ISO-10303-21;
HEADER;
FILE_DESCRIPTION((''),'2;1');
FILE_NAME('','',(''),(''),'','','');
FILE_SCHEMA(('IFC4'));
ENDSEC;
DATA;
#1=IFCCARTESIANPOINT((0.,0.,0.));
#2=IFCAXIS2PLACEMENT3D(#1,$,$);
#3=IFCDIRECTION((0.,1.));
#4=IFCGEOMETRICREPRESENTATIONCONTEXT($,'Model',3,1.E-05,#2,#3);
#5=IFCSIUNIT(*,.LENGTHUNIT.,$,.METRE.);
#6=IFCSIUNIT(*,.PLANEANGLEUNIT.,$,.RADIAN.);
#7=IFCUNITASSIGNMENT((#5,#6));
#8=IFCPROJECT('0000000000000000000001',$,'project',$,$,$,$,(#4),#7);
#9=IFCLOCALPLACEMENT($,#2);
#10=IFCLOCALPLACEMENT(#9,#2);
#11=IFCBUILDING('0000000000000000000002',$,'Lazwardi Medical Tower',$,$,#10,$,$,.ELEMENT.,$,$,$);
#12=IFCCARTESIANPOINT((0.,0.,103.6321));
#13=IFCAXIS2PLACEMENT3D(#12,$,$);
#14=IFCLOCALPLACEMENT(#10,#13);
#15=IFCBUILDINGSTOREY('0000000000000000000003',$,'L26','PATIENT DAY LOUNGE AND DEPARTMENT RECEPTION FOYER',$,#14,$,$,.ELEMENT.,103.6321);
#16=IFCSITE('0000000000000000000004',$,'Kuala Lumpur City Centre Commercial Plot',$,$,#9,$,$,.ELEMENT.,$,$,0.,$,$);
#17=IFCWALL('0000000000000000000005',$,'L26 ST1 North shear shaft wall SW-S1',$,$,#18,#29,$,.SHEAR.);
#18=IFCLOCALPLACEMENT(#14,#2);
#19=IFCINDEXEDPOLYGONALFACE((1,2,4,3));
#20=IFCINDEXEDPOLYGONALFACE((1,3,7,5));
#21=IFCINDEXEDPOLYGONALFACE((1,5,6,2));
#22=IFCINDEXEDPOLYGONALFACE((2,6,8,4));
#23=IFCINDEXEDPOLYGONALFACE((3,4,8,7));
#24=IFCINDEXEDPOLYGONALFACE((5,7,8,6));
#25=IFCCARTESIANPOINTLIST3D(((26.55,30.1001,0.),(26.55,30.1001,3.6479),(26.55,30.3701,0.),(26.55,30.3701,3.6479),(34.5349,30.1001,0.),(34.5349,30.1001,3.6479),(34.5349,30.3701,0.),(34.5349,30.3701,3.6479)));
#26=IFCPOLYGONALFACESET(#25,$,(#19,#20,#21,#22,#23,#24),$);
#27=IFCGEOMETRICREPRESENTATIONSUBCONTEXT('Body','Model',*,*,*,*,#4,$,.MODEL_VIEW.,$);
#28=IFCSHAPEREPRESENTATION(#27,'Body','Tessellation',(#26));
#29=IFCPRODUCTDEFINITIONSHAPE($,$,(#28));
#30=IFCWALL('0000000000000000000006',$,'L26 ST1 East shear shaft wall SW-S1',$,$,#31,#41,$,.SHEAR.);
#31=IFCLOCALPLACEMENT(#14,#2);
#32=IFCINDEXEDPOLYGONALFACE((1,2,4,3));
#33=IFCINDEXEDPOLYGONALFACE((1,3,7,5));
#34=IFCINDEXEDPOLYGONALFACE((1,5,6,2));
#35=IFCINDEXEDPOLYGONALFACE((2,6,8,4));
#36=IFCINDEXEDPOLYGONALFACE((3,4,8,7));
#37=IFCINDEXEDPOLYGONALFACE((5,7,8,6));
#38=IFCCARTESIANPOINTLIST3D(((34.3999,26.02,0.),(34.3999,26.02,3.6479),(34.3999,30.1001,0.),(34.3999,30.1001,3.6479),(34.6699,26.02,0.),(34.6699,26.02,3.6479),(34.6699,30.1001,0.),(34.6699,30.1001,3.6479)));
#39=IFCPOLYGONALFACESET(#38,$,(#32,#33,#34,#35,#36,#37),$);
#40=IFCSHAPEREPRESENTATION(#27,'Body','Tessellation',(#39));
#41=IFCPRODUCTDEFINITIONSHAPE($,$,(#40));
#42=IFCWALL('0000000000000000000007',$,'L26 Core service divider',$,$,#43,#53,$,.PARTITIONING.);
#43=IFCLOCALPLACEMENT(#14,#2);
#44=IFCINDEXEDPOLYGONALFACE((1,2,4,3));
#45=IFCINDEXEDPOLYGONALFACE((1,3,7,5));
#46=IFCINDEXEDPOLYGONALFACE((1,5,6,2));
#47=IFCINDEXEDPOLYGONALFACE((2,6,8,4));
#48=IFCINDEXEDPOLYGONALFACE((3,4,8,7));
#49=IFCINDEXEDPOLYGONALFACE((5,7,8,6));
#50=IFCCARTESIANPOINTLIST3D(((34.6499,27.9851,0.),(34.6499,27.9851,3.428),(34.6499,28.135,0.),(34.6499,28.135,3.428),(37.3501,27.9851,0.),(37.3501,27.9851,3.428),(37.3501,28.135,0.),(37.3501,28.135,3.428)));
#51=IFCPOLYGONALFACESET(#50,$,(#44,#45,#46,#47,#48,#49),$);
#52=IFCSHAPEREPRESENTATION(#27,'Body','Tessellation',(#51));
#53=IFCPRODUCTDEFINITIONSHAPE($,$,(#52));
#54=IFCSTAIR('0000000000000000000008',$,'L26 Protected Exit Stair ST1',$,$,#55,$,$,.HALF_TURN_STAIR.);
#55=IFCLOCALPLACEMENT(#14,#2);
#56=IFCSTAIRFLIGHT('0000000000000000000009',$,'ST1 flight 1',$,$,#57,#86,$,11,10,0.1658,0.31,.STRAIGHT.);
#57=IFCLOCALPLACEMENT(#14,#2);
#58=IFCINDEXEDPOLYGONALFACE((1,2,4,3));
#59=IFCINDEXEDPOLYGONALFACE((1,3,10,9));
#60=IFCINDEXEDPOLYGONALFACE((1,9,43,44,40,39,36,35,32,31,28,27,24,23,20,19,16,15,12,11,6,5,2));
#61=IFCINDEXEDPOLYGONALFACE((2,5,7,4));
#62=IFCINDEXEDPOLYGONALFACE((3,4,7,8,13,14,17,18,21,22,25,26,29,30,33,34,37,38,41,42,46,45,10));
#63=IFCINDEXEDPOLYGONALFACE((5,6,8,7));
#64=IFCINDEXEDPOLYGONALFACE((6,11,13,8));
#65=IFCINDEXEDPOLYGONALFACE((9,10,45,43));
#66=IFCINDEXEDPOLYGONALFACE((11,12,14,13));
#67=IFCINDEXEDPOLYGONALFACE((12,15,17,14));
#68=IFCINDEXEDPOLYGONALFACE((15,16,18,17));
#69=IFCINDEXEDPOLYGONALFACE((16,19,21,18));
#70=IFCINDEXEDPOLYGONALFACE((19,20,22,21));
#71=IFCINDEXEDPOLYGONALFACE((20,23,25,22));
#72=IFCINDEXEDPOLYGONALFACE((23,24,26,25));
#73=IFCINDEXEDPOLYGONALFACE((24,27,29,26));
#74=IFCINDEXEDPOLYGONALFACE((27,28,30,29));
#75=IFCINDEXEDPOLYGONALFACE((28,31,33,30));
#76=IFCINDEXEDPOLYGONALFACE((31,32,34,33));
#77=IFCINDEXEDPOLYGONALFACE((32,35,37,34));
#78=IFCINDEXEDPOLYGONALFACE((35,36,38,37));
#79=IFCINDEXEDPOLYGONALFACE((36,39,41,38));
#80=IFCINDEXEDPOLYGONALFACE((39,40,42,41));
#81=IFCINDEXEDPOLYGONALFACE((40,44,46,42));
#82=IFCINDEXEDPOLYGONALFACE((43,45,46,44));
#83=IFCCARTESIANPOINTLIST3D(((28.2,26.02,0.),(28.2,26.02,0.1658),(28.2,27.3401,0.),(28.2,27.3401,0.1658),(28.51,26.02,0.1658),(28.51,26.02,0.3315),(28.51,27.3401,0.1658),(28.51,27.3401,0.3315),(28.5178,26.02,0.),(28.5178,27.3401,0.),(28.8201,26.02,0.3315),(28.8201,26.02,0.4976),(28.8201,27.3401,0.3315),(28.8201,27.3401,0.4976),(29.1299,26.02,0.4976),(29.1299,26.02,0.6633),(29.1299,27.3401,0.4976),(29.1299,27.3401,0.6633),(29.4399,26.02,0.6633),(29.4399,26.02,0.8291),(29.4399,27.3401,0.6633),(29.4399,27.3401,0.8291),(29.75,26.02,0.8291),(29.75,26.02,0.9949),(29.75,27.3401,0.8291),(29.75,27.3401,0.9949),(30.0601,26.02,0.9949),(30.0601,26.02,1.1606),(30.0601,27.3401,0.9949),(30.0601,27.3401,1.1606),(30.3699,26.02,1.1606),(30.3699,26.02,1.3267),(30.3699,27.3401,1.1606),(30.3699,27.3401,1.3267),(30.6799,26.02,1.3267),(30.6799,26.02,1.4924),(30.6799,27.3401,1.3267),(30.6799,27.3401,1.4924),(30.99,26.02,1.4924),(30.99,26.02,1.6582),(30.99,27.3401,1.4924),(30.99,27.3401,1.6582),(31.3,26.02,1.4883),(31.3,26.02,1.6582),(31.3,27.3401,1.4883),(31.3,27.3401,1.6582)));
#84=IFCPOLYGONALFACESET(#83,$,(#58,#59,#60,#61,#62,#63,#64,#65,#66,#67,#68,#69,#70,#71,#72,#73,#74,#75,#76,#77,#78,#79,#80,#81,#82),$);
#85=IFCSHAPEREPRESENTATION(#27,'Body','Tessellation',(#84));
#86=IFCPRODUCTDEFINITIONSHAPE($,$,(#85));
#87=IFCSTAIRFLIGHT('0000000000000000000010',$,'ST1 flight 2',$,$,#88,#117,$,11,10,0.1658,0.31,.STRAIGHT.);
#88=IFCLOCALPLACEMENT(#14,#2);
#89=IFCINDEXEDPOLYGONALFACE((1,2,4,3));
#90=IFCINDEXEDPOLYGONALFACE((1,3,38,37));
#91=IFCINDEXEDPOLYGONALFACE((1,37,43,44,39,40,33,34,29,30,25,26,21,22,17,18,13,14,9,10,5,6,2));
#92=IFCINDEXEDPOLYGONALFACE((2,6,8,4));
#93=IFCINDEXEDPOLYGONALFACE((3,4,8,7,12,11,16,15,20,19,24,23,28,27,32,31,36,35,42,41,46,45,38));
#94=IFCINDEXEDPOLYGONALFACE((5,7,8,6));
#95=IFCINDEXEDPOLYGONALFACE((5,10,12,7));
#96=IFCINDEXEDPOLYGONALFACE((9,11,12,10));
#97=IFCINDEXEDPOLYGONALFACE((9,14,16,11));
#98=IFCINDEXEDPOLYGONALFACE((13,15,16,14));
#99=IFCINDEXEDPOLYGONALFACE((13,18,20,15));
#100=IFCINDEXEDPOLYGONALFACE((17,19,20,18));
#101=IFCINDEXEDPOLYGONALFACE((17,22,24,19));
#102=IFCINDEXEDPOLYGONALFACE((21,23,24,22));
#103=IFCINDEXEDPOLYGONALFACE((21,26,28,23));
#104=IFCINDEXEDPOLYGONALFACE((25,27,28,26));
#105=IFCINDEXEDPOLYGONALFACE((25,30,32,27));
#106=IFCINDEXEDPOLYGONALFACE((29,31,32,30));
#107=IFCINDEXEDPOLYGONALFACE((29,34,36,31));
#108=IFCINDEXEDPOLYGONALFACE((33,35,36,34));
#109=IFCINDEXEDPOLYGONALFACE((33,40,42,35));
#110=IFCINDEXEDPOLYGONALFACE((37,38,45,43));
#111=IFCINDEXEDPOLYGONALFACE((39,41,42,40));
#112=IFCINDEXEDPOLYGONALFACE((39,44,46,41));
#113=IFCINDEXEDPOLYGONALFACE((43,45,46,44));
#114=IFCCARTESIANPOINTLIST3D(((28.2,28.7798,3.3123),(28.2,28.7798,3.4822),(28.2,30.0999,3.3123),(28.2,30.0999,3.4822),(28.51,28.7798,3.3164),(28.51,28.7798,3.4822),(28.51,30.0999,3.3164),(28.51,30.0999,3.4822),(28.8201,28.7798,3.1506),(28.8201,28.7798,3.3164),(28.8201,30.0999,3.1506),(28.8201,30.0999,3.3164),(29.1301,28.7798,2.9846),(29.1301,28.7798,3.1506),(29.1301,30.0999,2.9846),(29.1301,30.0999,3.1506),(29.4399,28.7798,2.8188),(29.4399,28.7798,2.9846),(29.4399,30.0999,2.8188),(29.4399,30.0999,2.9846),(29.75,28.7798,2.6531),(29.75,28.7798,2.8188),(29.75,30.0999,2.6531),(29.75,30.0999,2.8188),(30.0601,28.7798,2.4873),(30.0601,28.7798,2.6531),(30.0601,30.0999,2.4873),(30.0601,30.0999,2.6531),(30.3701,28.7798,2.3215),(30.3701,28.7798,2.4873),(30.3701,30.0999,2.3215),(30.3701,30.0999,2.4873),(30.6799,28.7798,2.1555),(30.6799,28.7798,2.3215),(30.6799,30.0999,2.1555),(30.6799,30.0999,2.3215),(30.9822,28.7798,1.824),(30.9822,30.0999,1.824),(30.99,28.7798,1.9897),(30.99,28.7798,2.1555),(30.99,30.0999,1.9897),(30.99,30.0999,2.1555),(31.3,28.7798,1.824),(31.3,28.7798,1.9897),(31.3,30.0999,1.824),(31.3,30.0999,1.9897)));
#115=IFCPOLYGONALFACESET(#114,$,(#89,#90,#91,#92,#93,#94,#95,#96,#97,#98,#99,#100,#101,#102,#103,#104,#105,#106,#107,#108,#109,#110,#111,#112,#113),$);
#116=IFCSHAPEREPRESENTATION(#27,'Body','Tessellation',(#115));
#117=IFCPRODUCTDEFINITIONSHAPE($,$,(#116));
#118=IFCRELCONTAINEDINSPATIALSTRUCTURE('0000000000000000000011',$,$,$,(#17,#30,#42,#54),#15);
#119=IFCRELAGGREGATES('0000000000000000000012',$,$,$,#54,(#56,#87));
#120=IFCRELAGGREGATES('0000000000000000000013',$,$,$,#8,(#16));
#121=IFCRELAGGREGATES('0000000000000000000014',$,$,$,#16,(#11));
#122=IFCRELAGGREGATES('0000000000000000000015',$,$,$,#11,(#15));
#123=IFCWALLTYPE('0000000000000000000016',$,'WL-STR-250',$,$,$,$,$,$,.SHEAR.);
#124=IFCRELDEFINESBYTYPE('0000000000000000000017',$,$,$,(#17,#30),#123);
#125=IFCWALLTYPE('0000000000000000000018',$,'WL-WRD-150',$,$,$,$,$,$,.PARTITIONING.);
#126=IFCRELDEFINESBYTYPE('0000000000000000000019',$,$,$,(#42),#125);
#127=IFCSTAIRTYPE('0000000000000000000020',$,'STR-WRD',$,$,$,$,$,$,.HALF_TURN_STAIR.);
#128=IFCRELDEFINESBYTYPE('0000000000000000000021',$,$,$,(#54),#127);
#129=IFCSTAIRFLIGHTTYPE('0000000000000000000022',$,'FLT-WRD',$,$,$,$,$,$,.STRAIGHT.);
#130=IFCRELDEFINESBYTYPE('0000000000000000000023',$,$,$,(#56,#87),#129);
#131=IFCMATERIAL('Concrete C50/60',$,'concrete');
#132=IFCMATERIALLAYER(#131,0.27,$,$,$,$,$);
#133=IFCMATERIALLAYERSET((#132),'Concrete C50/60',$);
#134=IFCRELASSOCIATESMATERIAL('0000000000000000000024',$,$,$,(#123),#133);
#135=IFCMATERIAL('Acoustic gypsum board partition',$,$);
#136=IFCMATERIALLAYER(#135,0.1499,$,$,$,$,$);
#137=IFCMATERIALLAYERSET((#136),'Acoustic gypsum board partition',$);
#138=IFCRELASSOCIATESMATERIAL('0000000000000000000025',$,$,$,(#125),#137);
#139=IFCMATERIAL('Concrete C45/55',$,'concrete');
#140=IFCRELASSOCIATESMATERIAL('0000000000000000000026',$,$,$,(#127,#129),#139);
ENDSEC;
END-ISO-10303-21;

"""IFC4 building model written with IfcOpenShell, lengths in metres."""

from ifc_helpers import new_model, si_unit, direction, frame, frame_2d, origin, place, context, subcontext, project, spatial, polyline, rectangle, outline, extrude, material, layer, layer_set, type_object, element, aggregate, save


model = new_model("IFC4")

# Units and contexts
model_context = context("Model", 3, precision=1e-05, world=origin(), true_north=direction((0.0, 1.0)))
body_context = subcontext(model_context, "Body", "Model", "MODEL_VIEW")
ifc_project = project(units=[si_unit("LENGTHUNIT", "METRE"), si_unit("PLANEANGLEUNIT", "RADIAN")], contexts=[model_context])

# Site, building, storey
site_placement = place(None, origin())
site = spatial("IfcSite", under=ifc_project, at=site_placement, Name="Kuala Lumpur City Centre Commercial Plot", CompositionType="ELEMENT", RefElevation=0.0)
building_placement = place(site_placement, origin())
building = spatial("IfcBuilding", under=site, at=building_placement, Name="Lazwardi Medical Tower", CompositionType="ELEMENT")
storey_placement = place(building_placement, frame((0.0, 0.0, 103.6321)))
storey = spatial("IfcBuildingStorey", under=building, at=storey_placement, Name="L26", Description="PATIENT DAY LOUNGE AND DEPARTMENT RECEPTION FOYER", CompositionType="ELEMENT", Elevation=103.6321)

# Wall
ifc_material_1 = material(Name="Concrete C50/60", Category="concrete")
ifc_layer_1 = layer(ifc_material_1, 0.27)
ifc_layer_set_1 = layer_set([ifc_layer_1], Name="Concrete C50/60")
wall_type_1 = type_object("IfcWallType", Name="WL-STR-250", PredefinedType="SHEAR", material=ifc_layer_set_1)
wall_1_placement = place(storey_placement, frame((26.55, 30.2351, 0.0), z_axis=(0.0, 0.0, 1.0), x_axis=(1.0, 0.0, 0.0)))
element("IfcWall", 1, at=wall_1_placement, inside=storey, type_object=wall_type_1, Name="L26 ST1 North shear shaft wall SW-S1", PredefinedType="SHEAR", context=body_context, shape_type="SweptSolid", body=[
    extrude(rectangle(XDim=7.9849, YDim=0.27, at=frame_2d((3.9924, 0.0))), origin(), (0.0, 0.0, 1.0), 3.6479),
])

# Walls
wall_2_placement = place(storey_placement, frame((34.5349, 26.02, 0.0), z_axis=(0.0, 0.0, 1.0), x_axis=(0.0, 1.0, 0.0)))
element("IfcWall", 2, at=wall_2_placement, inside=storey, type_object=wall_type_1, Name="L26 ST1 East shear shaft wall SW-S1", PredefinedType="SHEAR", context=body_context, shape_type="SweptSolid", body=[
    extrude(rectangle(XDim=4.0801, YDim=0.27, at=frame_2d((2.04, 0.0))), origin(), (0.0, 0.0, 1.0), 3.6479),
])
ifc_material_2 = material(Name="Acoustic gypsum board partition")
ifc_layer_2 = layer(ifc_material_2, 0.1499)
ifc_layer_set_2 = layer_set([ifc_layer_2], Name="Acoustic gypsum board partition")
wall_type_2 = type_object("IfcWallType", Name="WL-WRD-150", PredefinedType="PARTITIONING", material=ifc_layer_set_2)
wall_3_placement = place(storey_placement, frame((34.6499, 28.0601, 0.0), z_axis=(0.0, 0.0, 1.0), x_axis=(1.0, 0.0, 0.0)))
element("IfcWall", 3, at=wall_3_placement, inside=storey, type_object=wall_type_2, Name="L26 Core service divider", PredefinedType="PARTITIONING", context=body_context, shape_type="SweptSolid", body=[
    extrude(rectangle(XDim=2.7002, YDim=0.1499, at=frame_2d((1.3501, 0.0))), origin(), (0.0, 0.0, 1.0), 3.428),
])

# Stair, stair flights
ifc_material_3 = material(Name="Concrete C45/55", Category="concrete")
stair_type = type_object("IfcStairType", Name="STR-WRD", PredefinedType="HALF_TURN_STAIR", material=ifc_material_3)
stair_placement = place(storey_placement, origin())
stair = element("IfcStair", 4, at=stair_placement, inside=storey, type_object=stair_type, Name="L26 Protected Exit Stair ST1", PredefinedType="HALF_TURN_STAIR")
stair_flight_type = type_object("IfcStairFlightType", Name="FLT-WRD", PredefinedType="STRAIGHT", material=ifc_material_3)
stair_flight_1_placement = place(storey_placement, frame((28.2, 26.6799, 0.0), z_axis=(0.0, 0.0, 1.0), x_axis=(1.0, 0.0, 0.0)))
stair_flight_1 = element("IfcStairFlight", 5, at=stair_flight_1_placement, type_object=stair_flight_type, Name="ST1 flight 1", NumberOfRisers=11, NumberOfTreads=10, PredefinedType="STRAIGHT", RiserHeight=0.1658, TreadLength=0.31, context=body_context, shape_type="SweptSolid", body=[
    extrude(outline(polyline([(0.0, 0.0), (0.0, 0.1658), (0.3101, 0.1658), (0.3101, 0.3315), (0.6201, 0.3315), (0.6201, 0.4976), (0.9299, 0.4976), (0.9299, 0.6633), (1.24, 0.6633), (1.24, 0.8291), (1.55, 0.8291), (1.55, 0.9949), (1.8601, 0.9949), (1.8601, 1.1606), (2.1699, 1.1606), (2.1699, 1.3267), (2.48, 1.3267), (2.48, 1.4924), (2.79, 1.4924), (2.79, 1.6582), (3.1001, 1.6582), (3.1001, 1.824), (3.1001, 1.4883), (0.3179, 0.0), (0.0, 0.0)])), frame((0.0, 0.6602, 0.0), z_axis=(0.0, -1.0, 0.0), x_axis=(1.0, 0.0, 0.0)), (0.0, 0.0, 1.0), 1.3201),
])
stair_flight_2_placement = place(storey_placement, frame((31.3, 29.4399, 1.824), z_axis=(0.0, 0.0, 1.0), x_axis=(-1.0, 0.0, 0.0)))
stair_flight_2 = element("IfcStairFlight", 6, at=stair_flight_2_placement, type_object=stair_flight_type, Name="ST1 flight 2", NumberOfRisers=11, NumberOfTreads=10, PredefinedType="STRAIGHT", RiserHeight=0.1658, TreadLength=0.31, context=body_context, shape_type="SweptSolid", body=[
    extrude(outline(polyline([(0.0, 0.0), (0.0, 0.1658), (0.3101, 0.1658), (0.3101, 0.3315), (0.6201, 0.3315), (0.6201, 0.4976), (0.9299, 0.4976), (0.9299, 0.6633), (1.24, 0.6633), (1.24, 0.8291), (1.55, 0.8291), (1.55, 0.9949), (1.8601, 0.9949), (1.8601, 1.1606), (2.1699, 1.1606), (2.1699, 1.3267), (2.48, 1.3267), (2.48, 1.4924), (2.79, 1.4924), (2.79, 1.6582), (3.1001, 1.6582), (3.1001, 1.824), (3.1001, 1.4883), (0.3179, 0.0), (0.0, 0.0)])), frame((0.0, 0.6602, 0.0), z_axis=(0.0, -1.0, 0.0), x_axis=(1.0, 0.0, 0.0)), (0.0, 0.0, 1.0), 1.3201),
])
aggregate(stair, [stair_flight_1, stair_flight_2])

save(model, "model.ifc")
